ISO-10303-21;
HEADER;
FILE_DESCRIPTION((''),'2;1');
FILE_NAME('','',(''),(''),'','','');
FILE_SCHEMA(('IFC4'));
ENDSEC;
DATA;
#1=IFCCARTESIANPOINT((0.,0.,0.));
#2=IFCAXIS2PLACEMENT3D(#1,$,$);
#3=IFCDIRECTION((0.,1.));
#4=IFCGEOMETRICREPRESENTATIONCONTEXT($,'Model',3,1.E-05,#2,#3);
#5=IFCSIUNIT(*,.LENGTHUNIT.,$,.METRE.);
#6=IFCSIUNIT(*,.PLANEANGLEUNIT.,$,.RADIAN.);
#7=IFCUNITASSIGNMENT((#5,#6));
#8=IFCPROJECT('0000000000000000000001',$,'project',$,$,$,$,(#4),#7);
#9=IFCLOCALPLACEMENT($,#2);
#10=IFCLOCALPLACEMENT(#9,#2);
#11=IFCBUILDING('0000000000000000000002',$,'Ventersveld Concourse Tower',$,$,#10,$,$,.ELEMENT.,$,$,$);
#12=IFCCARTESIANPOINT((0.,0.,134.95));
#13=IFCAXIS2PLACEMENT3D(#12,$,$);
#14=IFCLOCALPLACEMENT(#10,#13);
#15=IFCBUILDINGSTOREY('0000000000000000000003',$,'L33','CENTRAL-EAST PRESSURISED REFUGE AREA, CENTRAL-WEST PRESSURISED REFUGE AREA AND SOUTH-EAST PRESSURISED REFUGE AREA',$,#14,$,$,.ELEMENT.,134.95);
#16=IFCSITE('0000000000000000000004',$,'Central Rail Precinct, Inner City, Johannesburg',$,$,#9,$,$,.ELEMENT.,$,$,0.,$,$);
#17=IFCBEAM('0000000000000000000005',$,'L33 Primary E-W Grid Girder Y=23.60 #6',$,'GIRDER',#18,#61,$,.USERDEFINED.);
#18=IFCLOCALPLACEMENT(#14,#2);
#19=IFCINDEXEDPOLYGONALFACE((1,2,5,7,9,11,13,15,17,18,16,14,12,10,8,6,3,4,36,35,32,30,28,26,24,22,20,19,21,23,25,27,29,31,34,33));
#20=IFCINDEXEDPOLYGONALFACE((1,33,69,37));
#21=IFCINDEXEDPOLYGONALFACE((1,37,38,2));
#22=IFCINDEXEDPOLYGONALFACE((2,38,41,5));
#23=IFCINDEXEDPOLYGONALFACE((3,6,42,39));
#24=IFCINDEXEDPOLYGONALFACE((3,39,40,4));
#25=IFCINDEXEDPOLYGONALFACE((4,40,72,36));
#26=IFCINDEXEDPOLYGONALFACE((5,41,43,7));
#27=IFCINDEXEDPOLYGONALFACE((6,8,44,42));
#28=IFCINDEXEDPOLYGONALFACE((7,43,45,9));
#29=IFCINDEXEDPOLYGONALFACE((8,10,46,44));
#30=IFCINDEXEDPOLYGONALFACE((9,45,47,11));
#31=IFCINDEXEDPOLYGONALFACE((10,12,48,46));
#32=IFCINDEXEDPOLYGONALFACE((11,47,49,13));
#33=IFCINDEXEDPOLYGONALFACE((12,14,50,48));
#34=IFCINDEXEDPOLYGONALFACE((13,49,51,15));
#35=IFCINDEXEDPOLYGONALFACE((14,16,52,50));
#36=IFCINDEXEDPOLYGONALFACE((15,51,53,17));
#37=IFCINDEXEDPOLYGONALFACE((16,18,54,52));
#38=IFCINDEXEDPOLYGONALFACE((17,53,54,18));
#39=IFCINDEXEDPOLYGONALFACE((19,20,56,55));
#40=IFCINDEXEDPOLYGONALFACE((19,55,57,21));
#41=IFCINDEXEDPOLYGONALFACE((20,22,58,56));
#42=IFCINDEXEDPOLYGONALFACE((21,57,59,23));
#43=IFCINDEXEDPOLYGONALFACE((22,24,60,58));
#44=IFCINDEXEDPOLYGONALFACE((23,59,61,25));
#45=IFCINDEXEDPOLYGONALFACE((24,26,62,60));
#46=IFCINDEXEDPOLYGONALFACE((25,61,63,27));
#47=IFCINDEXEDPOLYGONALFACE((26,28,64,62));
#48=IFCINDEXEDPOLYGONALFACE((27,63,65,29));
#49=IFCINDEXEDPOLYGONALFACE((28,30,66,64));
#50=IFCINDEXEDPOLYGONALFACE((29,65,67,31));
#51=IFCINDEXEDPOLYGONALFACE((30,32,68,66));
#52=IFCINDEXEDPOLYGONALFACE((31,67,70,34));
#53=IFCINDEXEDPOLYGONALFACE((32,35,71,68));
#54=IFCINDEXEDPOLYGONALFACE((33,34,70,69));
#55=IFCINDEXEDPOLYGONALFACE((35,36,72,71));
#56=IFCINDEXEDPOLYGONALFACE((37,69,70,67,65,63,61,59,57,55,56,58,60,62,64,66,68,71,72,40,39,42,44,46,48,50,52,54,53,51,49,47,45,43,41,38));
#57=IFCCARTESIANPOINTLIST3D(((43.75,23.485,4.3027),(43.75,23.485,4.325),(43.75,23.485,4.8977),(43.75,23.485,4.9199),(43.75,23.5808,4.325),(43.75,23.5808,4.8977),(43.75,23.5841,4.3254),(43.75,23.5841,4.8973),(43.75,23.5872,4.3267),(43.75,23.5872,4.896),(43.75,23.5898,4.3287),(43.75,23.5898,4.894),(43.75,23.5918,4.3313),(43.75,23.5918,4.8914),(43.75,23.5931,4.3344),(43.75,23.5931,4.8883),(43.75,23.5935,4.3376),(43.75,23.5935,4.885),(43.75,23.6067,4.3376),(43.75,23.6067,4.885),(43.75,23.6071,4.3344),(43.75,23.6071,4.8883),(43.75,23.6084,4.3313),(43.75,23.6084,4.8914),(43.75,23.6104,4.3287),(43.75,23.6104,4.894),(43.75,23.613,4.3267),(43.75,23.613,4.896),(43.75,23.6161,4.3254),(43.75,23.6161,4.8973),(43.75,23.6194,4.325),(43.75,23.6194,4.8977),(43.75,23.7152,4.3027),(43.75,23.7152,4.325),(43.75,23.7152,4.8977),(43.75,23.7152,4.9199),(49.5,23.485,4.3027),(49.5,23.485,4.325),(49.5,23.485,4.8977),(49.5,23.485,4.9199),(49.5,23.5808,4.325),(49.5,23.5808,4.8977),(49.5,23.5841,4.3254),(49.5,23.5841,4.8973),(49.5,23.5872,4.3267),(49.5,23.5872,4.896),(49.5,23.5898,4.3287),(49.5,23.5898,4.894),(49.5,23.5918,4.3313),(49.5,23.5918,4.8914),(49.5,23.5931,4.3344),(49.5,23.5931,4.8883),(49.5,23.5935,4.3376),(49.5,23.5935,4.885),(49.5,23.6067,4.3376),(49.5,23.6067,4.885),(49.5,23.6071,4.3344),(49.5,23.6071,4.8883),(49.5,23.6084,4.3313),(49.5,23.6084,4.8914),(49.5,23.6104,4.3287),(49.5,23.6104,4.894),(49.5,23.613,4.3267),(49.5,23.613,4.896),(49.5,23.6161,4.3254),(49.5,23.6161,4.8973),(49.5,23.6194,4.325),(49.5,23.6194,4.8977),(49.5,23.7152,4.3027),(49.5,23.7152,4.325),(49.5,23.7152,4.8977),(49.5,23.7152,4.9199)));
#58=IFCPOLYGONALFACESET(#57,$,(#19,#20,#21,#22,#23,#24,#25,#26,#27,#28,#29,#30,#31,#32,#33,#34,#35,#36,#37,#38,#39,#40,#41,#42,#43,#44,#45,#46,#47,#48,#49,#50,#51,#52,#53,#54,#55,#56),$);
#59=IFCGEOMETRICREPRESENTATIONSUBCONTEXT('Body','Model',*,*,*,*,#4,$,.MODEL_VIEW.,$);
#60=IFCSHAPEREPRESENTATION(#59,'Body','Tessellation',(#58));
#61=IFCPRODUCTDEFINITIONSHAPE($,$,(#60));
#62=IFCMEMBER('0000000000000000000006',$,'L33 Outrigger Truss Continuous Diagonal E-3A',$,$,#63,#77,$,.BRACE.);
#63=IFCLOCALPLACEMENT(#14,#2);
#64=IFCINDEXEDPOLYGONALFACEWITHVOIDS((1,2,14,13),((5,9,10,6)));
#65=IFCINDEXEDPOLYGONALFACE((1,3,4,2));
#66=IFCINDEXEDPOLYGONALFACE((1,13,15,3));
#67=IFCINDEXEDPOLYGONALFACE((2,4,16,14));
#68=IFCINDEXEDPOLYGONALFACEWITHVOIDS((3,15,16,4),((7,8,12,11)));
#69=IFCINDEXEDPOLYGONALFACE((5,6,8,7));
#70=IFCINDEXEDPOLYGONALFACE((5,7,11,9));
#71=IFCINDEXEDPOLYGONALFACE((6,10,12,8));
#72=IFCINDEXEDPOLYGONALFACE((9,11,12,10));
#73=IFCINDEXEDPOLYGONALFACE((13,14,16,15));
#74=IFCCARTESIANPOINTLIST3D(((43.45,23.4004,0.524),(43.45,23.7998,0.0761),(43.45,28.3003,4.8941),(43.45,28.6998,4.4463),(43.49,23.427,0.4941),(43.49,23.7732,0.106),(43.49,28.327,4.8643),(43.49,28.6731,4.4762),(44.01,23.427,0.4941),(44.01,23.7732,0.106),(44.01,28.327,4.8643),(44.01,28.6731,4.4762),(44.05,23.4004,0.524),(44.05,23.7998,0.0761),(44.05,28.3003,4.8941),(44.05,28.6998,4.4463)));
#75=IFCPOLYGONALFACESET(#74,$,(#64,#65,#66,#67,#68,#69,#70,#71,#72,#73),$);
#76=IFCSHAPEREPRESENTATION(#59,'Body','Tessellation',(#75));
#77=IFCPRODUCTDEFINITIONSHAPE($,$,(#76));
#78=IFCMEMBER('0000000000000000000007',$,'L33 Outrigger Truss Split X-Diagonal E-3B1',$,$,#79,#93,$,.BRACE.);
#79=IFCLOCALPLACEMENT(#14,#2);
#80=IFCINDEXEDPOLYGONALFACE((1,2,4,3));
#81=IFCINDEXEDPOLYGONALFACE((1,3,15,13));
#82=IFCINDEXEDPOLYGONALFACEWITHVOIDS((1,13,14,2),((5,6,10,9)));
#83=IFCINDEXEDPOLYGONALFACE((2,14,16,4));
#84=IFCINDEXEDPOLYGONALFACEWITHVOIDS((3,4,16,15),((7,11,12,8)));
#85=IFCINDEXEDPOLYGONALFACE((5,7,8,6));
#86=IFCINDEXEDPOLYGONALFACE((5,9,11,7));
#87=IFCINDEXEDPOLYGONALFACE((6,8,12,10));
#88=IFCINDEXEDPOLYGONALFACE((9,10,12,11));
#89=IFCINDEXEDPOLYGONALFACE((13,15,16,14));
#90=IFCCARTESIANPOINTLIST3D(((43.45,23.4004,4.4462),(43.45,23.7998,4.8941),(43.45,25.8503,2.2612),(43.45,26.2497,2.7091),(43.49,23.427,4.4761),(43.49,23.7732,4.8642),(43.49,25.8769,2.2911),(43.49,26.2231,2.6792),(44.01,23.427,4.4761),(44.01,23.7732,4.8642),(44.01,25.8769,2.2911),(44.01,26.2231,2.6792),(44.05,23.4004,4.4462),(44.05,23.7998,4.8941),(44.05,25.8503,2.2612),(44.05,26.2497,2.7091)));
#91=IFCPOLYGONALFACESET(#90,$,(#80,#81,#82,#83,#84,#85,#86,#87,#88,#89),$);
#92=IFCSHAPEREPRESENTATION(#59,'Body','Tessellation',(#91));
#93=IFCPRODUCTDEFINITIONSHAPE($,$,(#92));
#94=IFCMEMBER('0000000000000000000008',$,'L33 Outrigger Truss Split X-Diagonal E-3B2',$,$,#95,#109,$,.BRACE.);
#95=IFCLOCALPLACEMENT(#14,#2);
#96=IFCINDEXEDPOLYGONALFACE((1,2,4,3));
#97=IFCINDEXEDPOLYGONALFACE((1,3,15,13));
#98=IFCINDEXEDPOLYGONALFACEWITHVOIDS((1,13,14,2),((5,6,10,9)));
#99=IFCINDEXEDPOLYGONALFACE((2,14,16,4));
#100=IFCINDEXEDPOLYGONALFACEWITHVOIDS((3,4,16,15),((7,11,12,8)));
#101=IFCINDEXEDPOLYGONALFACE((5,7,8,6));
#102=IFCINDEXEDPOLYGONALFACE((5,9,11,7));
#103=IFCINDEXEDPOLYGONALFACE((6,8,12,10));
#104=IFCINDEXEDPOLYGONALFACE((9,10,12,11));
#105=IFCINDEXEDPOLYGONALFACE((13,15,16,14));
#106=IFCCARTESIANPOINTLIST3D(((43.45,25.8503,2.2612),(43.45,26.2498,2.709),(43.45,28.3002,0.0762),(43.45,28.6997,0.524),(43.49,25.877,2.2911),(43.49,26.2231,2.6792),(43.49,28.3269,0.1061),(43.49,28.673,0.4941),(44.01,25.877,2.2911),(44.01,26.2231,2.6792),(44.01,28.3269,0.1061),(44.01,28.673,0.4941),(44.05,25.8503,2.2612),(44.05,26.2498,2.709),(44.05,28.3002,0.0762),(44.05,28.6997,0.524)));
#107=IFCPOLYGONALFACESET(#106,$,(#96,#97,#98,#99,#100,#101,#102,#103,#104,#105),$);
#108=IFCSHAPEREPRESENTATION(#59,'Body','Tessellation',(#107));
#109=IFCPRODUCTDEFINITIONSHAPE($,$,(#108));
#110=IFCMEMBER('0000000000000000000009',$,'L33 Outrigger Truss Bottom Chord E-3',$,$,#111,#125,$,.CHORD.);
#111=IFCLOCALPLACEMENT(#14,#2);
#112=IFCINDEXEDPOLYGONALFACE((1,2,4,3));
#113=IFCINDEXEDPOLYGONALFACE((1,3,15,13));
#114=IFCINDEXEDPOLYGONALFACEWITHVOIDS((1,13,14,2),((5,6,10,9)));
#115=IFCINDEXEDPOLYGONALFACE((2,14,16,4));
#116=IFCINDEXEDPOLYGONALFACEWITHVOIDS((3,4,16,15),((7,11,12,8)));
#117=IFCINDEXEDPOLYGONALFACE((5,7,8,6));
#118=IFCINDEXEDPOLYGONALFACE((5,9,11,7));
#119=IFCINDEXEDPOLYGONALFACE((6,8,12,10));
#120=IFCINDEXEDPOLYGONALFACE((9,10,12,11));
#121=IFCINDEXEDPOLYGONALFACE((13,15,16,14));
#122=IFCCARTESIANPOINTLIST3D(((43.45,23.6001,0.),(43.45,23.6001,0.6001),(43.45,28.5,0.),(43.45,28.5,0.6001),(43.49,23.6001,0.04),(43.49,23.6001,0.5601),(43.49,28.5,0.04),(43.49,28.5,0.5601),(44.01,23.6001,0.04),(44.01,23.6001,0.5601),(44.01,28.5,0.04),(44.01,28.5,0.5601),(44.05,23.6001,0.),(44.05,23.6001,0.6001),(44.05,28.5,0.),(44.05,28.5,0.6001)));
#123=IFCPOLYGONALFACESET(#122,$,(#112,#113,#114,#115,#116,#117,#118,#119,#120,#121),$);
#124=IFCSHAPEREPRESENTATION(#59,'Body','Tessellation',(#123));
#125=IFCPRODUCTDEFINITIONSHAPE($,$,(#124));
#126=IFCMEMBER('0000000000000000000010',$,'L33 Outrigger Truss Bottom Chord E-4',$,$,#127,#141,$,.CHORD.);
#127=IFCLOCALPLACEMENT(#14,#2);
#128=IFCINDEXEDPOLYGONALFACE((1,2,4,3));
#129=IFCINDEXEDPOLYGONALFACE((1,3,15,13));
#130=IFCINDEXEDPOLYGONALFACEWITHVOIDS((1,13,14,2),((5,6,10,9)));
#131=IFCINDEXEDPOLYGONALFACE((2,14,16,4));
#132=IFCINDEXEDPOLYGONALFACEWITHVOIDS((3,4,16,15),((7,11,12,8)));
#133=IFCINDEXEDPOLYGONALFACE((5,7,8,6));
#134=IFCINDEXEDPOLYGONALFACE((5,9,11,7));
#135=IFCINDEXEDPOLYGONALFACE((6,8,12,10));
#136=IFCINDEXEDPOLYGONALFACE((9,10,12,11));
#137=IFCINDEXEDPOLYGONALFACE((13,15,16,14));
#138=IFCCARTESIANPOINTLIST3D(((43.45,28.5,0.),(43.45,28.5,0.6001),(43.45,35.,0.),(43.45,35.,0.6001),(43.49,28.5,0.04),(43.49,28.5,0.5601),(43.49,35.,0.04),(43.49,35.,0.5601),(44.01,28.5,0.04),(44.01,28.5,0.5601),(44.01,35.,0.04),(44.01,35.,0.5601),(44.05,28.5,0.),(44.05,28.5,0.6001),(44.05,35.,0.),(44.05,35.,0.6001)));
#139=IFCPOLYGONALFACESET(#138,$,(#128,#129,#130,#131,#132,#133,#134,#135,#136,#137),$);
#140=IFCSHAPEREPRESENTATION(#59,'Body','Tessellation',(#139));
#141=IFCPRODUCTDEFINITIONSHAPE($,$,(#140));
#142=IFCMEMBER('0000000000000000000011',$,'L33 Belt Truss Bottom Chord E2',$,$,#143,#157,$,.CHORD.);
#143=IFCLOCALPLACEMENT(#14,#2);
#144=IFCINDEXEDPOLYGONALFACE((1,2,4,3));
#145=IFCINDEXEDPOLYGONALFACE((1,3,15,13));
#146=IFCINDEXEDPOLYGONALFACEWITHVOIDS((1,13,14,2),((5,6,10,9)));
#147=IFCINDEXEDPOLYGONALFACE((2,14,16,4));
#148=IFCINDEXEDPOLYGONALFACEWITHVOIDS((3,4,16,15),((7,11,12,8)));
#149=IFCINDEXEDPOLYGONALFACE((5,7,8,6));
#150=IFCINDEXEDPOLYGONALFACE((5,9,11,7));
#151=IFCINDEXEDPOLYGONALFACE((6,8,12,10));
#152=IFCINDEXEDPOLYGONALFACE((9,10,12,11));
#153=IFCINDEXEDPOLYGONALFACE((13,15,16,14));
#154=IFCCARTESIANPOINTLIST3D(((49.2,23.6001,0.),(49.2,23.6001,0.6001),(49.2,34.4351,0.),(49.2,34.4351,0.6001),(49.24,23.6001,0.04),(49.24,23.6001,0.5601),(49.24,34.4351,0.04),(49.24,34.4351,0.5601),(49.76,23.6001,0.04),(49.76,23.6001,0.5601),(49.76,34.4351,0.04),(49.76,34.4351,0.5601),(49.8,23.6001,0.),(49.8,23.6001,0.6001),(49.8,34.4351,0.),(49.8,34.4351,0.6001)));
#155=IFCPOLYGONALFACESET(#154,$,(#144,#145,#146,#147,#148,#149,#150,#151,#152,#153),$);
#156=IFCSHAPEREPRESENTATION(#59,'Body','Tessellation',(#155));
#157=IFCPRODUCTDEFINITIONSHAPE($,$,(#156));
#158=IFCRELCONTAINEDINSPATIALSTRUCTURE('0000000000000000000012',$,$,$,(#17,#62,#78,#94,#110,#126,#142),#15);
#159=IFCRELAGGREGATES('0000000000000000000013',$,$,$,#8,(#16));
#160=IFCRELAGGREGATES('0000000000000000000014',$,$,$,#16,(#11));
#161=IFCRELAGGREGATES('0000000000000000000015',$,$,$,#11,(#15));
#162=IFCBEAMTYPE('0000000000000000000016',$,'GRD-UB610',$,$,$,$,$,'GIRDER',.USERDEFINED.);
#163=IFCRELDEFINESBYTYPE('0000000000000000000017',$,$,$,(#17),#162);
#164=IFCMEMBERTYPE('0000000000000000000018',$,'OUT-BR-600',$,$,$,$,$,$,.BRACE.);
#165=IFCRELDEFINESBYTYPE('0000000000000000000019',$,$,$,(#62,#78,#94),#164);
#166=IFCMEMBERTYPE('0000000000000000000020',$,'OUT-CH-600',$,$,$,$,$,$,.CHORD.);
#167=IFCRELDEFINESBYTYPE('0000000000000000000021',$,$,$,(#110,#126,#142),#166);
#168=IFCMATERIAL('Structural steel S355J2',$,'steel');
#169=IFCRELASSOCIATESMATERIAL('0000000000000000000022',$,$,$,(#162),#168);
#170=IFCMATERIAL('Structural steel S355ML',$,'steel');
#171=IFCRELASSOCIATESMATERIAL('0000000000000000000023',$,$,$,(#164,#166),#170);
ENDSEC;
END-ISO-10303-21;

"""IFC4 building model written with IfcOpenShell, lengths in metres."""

from ifc_helpers import new_model, si_unit, direction, frame, origin, origin_2d, place, context, subcontext, project, spatial, hollow_rectangle, i_section, extrude, material, material_profile, profile_set, type_object, element, save


model = new_model("IFC4")

# Units and contexts
model_context = context("Model", 3, precision=1e-05, world=origin(), true_north=direction((0.0, 1.0)))
body_context = subcontext(model_context, "Body", "Model", "MODEL_VIEW")
ifc_project = project(units=[si_unit("LENGTHUNIT", "METRE"), si_unit("PLANEANGLEUNIT", "RADIAN")], contexts=[model_context])

# Site, building, storey
site_placement = place(None, origin())
site = spatial("IfcSite", under=ifc_project, at=site_placement, Name="Central Rail Precinct, Inner City, Johannesburg", CompositionType="ELEMENT", RefElevation=0.0)
building_placement = place(site_placement, origin())
building = spatial("IfcBuilding", under=site, at=building_placement, Name="Ventersveld Concourse Tower", CompositionType="ELEMENT")
storey_placement = place(building_placement, frame((0.0, 0.0, 134.95)))
storey = spatial("IfcBuildingStorey", under=building, at=storey_placement, Name="L33", Description="CENTRAL-EAST PRESSURISED REFUGE AREA, CENTRAL-WEST PRESSURISED REFUGE AREA AND SOUTH-EAST PRESSURISED REFUGE AREA", CompositionType="ELEMENT", Elevation=134.95)

# Shared definitions
ifc_material_1 = material(Name="Structural steel S355ML", Category="steel")

# Beam
ifc_material_2 = material(Name="Structural steel S355J2", Category="steel")
ifc_material_profile_1 = material_profile(ifc_material_2, i_section(OverallWidth=0.2302, OverallDepth=0.6172, WebThickness=0.0132, FlangeThickness=0.0222, FilletRadius=0.0127, at=origin_2d()), Name="UB 610x229x140")
ifc_profile_set_1 = profile_set([ifc_material_profile_1], Name="Structural steel S355J2")
beam_type_1 = type_object("IfcBeamType", Name="GRD-UB610", ElementType="GIRDER", PredefinedType="USERDEFINED", material=ifc_profile_set_1)
beam_1_placement = place(storey_placement, frame((43.75, 23.6001, 4.6113), z_axis=(1.0, 0.0, 0.0), x_axis=(0.0, 1.0, 0.0)))
element("IfcBeam", 1, at=beam_1_placement, inside=storey, type_object=beam_type_1, Name="L33 Primary E-W Grid Girder Y=23.60 #6", ObjectType="GIRDER", PredefinedType="USERDEFINED", context=body_context, shape_type="SweptSolid", body=[
    extrude(i_section(OverallWidth=0.2302, OverallDepth=0.6172, WebThickness=0.0132, FlangeThickness=0.0222, FilletRadius=0.0127, at=origin_2d()), origin(), (0.0, 0.0, 1.0), 5.75),
])

# Members
ifc_material_profile_2 = material_profile(ifc_material_1, hollow_rectangle(XDim=0.6001, YDim=0.6001, WallThickness=0.04, at=origin_2d()), Name="BOX 600x600x40")
ifc_profile_set_2 = profile_set([ifc_material_profile_2], Name="Structural steel S355ML")
member_type_1 = type_object("IfcMemberType", Name="OUT-BR-600", PredefinedType="BRACE", material=ifc_profile_set_2)
member_1_placement = place(storey_placement, frame((43.75, 23.6001, 0.3), z_axis=(0.0, 0.7463, 0.665609), x_axis=(-1.0, 0.0, 0.0)))
element("IfcMember", 2, at=member_1_placement, inside=storey, type_object=member_type_1, Name="L33 Outrigger Truss Continuous Diagonal E-3A", PredefinedType="BRACE", context=body_context, shape_type="SweptSolid", body=[
    extrude(hollow_rectangle(XDim=0.6001, YDim=0.6001, WallThickness=0.04, at=origin_2d()), origin(), (0.0, 0.0, 1.0), 6.5657),
])
for number, where, z_axis, x_axis, name in (
    (3, (43.75, 23.6001, 4.6702), (0.0, 0.7463, -0.665609), (-1.0, 0.0, 0.0), "L33 Outrigger Truss Split X-Diagonal E-3B1"),
    (4, (43.75, 26.05, 2.4851), (0.0, 0.7463, -0.665609), (-1.0, 0.0, 0.0), "L33 Outrigger Truss Split X-Diagonal E-3B2"),
):
    element("IfcMember", number, at=place(storey_placement, frame(where, z_axis=z_axis, x_axis=x_axis)), inside=storey, type_object=member_type_1, Name=name, PredefinedType="BRACE", context=body_context, shape_type="SweptSolid", body=[
        extrude(hollow_rectangle(XDim=0.6001, YDim=0.6001, WallThickness=0.04, at=origin_2d()), origin(), (0.0, 0.0, 1.0), 3.2827),
    ])
ifc_material_profile_3 = material_profile(ifc_material_1, hollow_rectangle(XDim=0.6001, YDim=0.6001, WallThickness=0.04, at=origin_2d()), Name="BOX 600x600x40")
ifc_profile_set_3 = profile_set([ifc_material_profile_3], Name="Structural steel S355ML")
member_type_2 = type_object("IfcMemberType", Name="OUT-CH-600", PredefinedType="CHORD", material=ifc_profile_set_3)
member_2_placement = place(storey_placement, frame((43.75, 23.6001, 0.3), z_axis=(0.0, 1.0, 0.0), x_axis=(-1.0, 0.0, 0.0)))
element("IfcMember", 5, at=member_2_placement, inside=storey, type_object=member_type_2, Name="L33 Outrigger Truss Bottom Chord E-3", PredefinedType="CHORD", context=body_context, shape_type="SweptSolid", body=[
    extrude(hollow_rectangle(XDim=0.6001, YDim=0.6001, WallThickness=0.04, at=origin_2d()), origin(), (0.0, 0.0, 1.0), 4.8999),
])
member_3_placement = place(storey_placement, frame((43.75, 28.5, 0.3), z_axis=(0.0, 1.0, 0.0), x_axis=(-1.0, 0.0, 0.0)))
element("IfcMember", 6, at=member_3_placement, inside=storey, type_object=member_type_2, Name="L33 Outrigger Truss Bottom Chord E-4", PredefinedType="CHORD", context=body_context, shape_type="SweptSolid", body=[
    extrude(hollow_rectangle(XDim=0.6001, YDim=0.6001, WallThickness=0.04, at=origin_2d()), origin(), (0.0, 0.0, 1.0), 6.5),
])
member_4_placement = place(storey_placement, frame((49.5, 23.6001, 0.3), z_axis=(0.0, 1.0, 0.0), x_axis=(-1.0, 0.0, 0.0)))
element("IfcMember", 7, at=member_4_placement, inside=storey, type_object=member_type_2, Name="L33 Belt Truss Bottom Chord E2", PredefinedType="CHORD", context=body_context, shape_type="SweptSolid", body=[
    extrude(hollow_rectangle(XDim=0.6001, YDim=0.6001, WallThickness=0.04, at=origin_2d()), origin(), (0.0, 0.0, 1.0), 10.835),
])

save(model, "model.ifc")
